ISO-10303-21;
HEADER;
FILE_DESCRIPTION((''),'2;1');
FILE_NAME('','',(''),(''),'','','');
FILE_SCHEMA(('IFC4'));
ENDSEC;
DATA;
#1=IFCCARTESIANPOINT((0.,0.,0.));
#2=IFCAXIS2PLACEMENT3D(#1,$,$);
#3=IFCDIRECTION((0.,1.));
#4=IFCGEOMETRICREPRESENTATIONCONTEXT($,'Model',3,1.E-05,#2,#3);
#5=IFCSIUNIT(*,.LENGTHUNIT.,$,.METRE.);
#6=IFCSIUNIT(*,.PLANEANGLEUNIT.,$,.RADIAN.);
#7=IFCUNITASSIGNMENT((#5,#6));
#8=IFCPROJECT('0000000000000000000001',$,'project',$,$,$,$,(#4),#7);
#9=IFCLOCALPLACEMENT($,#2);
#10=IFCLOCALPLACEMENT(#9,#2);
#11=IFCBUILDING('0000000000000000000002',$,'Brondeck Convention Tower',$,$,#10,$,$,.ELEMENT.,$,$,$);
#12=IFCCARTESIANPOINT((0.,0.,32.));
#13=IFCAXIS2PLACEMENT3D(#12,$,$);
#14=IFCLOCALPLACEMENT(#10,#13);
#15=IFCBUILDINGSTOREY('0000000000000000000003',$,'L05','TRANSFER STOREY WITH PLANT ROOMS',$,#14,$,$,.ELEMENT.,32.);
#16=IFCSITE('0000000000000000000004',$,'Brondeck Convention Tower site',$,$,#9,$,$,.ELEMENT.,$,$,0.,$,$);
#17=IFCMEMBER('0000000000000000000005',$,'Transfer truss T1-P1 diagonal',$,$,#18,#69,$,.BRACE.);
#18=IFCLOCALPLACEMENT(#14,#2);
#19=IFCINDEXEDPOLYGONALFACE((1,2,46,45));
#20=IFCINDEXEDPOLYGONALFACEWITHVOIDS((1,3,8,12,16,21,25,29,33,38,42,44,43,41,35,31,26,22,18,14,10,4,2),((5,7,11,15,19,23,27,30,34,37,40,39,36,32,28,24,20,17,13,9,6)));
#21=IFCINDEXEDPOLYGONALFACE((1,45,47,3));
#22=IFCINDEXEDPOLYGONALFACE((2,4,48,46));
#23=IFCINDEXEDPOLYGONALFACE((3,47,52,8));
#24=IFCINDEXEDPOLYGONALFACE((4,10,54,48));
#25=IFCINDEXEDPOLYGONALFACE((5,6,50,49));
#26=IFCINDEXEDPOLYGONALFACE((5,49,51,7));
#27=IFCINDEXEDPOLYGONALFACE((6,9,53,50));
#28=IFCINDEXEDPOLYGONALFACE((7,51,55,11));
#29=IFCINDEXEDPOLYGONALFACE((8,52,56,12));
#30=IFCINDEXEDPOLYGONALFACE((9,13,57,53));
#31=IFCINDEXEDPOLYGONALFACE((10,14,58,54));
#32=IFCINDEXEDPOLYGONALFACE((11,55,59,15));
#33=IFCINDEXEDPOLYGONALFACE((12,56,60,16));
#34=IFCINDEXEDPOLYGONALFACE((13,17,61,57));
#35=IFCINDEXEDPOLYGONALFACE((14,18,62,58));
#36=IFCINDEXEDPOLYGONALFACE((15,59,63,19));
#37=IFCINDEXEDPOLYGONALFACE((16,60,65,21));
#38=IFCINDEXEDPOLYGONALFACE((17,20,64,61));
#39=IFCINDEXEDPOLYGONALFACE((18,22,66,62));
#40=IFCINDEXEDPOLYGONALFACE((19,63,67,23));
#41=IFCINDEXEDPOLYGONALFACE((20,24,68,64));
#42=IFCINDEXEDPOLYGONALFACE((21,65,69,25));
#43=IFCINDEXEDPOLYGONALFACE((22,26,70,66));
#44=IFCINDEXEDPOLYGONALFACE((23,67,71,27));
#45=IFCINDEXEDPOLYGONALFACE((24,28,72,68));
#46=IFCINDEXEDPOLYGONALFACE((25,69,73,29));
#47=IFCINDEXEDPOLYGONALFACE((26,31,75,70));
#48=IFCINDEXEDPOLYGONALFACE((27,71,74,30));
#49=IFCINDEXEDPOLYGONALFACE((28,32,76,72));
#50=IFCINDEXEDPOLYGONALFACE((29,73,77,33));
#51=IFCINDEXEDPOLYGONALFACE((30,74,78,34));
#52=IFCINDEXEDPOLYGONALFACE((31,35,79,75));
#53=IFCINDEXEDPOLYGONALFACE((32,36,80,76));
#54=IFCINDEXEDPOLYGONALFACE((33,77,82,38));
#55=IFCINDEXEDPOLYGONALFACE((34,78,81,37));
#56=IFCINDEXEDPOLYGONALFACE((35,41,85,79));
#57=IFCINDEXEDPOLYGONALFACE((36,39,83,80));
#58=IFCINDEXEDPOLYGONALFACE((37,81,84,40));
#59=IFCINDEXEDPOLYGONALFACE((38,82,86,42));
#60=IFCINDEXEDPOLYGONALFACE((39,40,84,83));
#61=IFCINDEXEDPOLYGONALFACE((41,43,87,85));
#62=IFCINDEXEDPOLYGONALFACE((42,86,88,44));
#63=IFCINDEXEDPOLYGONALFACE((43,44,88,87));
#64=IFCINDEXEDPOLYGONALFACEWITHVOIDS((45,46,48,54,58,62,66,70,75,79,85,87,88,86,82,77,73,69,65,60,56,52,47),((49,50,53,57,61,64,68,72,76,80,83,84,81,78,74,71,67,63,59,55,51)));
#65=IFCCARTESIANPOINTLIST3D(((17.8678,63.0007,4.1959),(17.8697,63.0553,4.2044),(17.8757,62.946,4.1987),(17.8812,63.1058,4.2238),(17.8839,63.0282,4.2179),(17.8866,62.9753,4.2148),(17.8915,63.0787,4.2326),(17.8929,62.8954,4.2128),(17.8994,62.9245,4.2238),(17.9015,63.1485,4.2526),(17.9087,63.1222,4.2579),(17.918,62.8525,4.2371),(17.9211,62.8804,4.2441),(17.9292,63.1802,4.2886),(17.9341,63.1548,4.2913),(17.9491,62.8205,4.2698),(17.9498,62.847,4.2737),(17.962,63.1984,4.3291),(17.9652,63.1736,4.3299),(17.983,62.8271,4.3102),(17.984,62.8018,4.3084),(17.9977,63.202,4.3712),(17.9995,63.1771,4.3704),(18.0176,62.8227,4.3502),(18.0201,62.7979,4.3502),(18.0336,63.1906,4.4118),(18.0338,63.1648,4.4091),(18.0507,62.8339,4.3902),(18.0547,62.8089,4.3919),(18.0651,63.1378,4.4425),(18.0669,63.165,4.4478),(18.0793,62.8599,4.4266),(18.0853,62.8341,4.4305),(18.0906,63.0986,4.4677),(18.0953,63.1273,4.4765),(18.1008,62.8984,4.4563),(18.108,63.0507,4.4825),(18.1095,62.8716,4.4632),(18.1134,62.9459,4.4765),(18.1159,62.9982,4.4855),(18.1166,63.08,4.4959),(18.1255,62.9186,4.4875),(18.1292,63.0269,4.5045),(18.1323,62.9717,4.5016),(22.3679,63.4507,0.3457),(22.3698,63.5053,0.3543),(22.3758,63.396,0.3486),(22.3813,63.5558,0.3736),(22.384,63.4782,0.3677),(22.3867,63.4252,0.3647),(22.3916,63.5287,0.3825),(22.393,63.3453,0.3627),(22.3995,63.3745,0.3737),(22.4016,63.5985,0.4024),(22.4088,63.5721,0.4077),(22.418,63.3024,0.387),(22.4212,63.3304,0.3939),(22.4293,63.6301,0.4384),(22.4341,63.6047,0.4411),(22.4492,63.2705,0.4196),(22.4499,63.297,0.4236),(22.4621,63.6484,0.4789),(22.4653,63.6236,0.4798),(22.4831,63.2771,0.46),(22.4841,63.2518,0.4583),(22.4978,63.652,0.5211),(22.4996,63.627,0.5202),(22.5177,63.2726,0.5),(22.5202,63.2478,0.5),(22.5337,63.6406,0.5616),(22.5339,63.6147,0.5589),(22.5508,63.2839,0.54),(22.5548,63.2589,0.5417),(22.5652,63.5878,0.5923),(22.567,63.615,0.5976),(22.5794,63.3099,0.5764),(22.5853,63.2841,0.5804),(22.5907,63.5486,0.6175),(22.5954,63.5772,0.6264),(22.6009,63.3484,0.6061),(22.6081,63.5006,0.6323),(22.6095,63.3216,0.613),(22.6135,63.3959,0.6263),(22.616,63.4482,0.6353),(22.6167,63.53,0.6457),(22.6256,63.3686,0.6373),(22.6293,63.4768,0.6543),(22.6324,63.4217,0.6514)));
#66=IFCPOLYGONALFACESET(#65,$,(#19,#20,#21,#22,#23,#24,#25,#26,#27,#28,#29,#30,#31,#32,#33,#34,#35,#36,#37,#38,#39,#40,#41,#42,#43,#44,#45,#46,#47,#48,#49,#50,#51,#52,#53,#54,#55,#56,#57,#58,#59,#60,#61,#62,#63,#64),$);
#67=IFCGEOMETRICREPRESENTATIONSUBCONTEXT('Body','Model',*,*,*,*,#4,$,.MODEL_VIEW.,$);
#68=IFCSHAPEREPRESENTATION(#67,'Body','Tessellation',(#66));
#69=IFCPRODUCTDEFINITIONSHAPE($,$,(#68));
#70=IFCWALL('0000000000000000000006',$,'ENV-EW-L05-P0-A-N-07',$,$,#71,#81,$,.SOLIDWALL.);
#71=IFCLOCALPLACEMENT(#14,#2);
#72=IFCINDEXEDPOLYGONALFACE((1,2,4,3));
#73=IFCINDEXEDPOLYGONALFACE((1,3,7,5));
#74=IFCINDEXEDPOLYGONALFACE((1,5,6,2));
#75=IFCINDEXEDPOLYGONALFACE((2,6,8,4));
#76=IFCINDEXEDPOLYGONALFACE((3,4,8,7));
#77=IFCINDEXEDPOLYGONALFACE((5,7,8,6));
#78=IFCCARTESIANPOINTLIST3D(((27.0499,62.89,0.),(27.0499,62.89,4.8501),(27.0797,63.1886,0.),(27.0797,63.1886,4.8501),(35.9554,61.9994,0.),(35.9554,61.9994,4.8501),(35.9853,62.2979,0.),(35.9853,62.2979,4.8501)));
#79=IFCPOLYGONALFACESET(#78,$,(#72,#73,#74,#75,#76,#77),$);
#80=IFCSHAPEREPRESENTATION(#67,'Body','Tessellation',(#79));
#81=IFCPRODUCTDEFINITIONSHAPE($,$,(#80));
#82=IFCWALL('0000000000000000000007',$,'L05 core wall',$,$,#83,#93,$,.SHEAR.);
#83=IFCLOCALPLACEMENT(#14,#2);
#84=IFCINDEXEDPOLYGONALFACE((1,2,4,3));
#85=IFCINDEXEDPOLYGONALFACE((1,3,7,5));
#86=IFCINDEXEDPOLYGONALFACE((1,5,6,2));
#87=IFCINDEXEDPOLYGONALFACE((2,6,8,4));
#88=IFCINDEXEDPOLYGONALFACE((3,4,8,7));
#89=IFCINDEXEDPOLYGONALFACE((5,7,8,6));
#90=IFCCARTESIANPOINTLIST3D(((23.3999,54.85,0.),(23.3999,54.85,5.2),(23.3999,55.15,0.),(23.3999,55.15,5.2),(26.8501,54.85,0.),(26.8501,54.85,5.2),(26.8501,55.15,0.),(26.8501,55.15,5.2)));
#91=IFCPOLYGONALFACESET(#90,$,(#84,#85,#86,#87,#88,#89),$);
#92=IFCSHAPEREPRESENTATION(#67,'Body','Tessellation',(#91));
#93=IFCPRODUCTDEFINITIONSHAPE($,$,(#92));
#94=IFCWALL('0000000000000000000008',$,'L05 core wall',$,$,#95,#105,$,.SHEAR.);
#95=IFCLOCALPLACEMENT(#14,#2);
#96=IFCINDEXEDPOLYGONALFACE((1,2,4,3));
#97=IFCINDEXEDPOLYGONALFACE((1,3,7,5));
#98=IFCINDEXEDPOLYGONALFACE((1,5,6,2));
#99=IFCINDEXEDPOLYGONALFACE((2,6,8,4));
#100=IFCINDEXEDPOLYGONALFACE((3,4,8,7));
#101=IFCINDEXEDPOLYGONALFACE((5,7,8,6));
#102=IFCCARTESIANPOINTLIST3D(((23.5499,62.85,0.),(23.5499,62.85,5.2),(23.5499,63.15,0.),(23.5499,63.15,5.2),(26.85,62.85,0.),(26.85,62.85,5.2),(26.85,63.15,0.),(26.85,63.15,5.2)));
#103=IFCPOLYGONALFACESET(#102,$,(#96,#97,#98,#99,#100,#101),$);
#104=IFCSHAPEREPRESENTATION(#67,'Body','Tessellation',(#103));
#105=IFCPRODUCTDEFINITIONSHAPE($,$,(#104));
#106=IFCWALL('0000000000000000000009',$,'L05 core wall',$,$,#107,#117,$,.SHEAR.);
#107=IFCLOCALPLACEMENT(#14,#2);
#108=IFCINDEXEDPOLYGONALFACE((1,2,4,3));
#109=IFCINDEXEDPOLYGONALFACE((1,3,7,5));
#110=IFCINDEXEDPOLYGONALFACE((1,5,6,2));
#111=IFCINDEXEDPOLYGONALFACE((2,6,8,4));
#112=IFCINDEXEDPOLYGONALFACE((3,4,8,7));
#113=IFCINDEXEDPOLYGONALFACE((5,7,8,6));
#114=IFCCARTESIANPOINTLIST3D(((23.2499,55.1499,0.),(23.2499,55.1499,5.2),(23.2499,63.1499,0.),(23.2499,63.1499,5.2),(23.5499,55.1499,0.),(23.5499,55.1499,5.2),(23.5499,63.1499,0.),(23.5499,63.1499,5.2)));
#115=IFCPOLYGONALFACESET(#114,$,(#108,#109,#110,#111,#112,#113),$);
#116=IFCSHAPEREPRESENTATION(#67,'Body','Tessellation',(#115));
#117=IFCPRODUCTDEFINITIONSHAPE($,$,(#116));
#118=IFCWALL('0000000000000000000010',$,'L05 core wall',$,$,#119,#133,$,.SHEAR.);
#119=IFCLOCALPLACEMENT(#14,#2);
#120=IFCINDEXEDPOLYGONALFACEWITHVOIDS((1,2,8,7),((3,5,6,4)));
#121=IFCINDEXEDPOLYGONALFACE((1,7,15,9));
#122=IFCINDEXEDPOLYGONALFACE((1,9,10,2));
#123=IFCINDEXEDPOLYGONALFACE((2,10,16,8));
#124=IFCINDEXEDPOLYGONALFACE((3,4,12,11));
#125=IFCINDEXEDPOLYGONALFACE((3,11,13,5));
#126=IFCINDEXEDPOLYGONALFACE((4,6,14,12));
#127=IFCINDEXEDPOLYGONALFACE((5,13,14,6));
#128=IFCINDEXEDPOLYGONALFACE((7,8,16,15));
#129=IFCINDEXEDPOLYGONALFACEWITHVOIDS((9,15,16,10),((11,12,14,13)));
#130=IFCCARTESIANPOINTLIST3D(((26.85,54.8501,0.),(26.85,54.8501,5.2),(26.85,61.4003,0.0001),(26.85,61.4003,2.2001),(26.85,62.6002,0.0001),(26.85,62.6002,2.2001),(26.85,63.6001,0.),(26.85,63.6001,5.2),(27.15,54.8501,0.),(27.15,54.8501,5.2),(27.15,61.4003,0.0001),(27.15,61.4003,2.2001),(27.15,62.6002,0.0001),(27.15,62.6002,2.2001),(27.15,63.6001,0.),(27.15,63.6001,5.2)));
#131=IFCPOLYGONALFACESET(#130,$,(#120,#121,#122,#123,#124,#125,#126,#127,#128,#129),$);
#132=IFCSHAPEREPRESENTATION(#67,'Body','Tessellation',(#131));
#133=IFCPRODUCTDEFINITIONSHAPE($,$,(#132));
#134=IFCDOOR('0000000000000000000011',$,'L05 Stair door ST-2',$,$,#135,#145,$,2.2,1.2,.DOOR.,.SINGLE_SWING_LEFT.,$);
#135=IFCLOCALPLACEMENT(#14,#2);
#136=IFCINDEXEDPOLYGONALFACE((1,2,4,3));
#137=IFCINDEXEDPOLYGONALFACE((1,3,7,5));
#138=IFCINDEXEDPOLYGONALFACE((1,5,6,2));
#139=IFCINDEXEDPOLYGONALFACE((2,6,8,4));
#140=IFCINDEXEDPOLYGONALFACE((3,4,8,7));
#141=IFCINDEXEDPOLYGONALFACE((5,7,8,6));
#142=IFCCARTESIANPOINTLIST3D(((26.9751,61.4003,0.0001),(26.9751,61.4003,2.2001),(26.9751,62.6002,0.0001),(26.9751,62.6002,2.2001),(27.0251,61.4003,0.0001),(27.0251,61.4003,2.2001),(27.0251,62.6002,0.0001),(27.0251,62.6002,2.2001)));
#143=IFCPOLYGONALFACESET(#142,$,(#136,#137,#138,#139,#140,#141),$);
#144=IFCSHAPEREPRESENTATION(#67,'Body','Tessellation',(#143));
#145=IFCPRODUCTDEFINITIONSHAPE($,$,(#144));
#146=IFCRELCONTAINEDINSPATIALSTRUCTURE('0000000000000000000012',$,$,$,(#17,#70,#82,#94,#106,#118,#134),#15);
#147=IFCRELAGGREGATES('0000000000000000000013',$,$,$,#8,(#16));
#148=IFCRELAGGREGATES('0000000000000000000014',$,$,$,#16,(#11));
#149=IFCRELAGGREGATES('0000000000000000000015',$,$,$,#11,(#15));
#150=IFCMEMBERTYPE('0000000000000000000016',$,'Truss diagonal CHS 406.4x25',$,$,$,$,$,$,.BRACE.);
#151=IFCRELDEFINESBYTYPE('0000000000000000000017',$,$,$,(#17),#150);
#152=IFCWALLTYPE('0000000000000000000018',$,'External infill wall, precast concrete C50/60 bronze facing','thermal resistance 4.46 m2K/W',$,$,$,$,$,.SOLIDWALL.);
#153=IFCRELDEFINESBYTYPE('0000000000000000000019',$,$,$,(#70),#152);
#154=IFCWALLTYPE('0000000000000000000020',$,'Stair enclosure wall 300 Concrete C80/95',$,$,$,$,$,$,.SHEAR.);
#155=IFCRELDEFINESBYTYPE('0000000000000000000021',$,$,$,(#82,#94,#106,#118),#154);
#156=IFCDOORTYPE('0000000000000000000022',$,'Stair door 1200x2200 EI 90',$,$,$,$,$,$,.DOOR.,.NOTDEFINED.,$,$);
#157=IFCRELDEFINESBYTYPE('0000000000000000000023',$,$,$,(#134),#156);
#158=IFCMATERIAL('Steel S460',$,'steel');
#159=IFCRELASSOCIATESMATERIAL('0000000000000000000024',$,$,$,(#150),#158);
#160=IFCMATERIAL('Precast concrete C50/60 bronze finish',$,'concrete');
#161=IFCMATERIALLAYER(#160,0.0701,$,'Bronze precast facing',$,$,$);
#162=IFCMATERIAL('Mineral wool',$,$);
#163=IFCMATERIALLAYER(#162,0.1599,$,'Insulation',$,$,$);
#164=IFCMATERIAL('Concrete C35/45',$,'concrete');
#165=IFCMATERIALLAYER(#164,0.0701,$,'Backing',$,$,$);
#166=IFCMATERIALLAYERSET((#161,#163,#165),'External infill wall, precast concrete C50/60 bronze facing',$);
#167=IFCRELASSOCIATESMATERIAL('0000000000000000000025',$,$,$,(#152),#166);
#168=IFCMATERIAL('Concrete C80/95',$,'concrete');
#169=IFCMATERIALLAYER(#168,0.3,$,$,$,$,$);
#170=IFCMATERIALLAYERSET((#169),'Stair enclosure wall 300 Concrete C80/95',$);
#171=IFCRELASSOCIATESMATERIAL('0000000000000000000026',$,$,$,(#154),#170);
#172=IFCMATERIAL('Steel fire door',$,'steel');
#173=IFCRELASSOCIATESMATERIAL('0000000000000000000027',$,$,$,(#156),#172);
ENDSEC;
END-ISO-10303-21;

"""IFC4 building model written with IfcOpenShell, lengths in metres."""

from ifc_helpers import new_model, si_unit, direction, frame, frame_2d, origin, origin_2d, place, context, subcontext, project, spatial, rectangle, hollow_circle, extrude, material, layer, layer_set, material_profile, profile_set, type_object, element, fill, save


model = new_model("IFC4")

# Units and contexts
model_context = context("Model", 3, precision=1e-05, world=origin(), true_north=direction((0.0, 1.0)))
body_context = subcontext(model_context, "Body", "Model", "MODEL_VIEW")
ifc_project = project(units=[si_unit("LENGTHUNIT", "METRE"), si_unit("PLANEANGLEUNIT", "RADIAN")], contexts=[model_context])

# Site, building, storey
site_placement = place(None, origin())
site = spatial("IfcSite", under=ifc_project, at=site_placement, Name="Brondeck Convention Tower site", CompositionType="ELEMENT", RefElevation=0.0)
building_placement = place(site_placement, origin())
building = spatial("IfcBuilding", under=site, at=building_placement, Name="Brondeck Convention Tower", CompositionType="ELEMENT")
storey_placement = place(building_placement, frame((0.0, 0.0, 32.0)))
storey = spatial("IfcBuildingStorey", under=building, at=storey_placement, Name="L05", Description="TRANSFER STOREY WITH PLANT ROOMS", CompositionType="ELEMENT", Elevation=32.0)

# Shared definitions
ifc_material_1 = material(Name="Steel S460", Category="steel")

# Shared definitions
ifc_material_2 = material(Name="Concrete C80/95", Category="concrete")

# Member
ifc_material_profile_1 = material_profile(ifc_material_1, hollow_circle(Radius=0.2031, WallThickness=0.0249, at=origin_2d()), Name="CHS 406.4x25")
ifc_profile_set_1 = profile_set([ifc_material_profile_1], Name="Steel S460")
member_type_1 = type_object("IfcMemberType", Name="Truss diagonal CHS 406.4x25", PredefinedType="BRACE", material=ifc_profile_set_1)
for number, where, z_axis, x_axis, name in (
    (1, (22.5, 63.45, 0.5), (-0.75766, -0.075758, 0.648237), (0.099493, -0.995038, 0.0), "Transfer truss T1-P1 diagonal"),
):
    element("IfcMember", number, at=place(storey_placement, frame(where, z_axis=z_axis, x_axis=x_axis)), inside=storey, type_object=member_type_1, Name=name, PredefinedType="BRACE", context=body_context, shape_type="SweptSolid", body=[
        extrude(hollow_circle(Radius=0.2031, WallThickness=0.0249, at=origin_2d()), origin(), (0.0, 0.0, 1.0), 5.9395),
    ])

# Walls
ifc_material_3 = material(Name="Precast concrete C50/60 bronze finish", Category="concrete")
ifc_layer_1 = layer(ifc_material_3, 0.0701, Name="Bronze precast facing")
ifc_material_4 = material(Name="Mineral wool")
ifc_layer_2 = layer(ifc_material_4, 0.1599, Name="Insulation")
ifc_material_5 = material(Name="Concrete C35/45", Category="concrete")
ifc_layer_3 = layer(ifc_material_5, 0.0701, Name="Backing")
ifc_layer_set_1 = layer_set([ifc_layer_1, ifc_layer_2, ifc_layer_3], Name="External infill wall, precast concrete C50/60 bronze facing")
wall_type_1 = type_object("IfcWallType", Name="External infill wall, precast concrete C50/60 bronze facing", Description="thermal resistance 4.46 m2K/W", PredefinedType="SOLIDWALL", material=ifc_layer_set_1)
wall_1_placement = place(storey_placement, frame((27.0647, 63.0393, 0.0), z_axis=(0.0, 0.0, 1.0), x_axis=(0.995036, -0.099512, 0.0)))
element("IfcWall", 2, at=wall_1_placement, inside=storey, type_object=wall_type_1, Name="ENV-EW-L05-P0-A-N-07", PredefinedType="SOLIDWALL", context=body_context, shape_type="SweptSolid", body=[
    extrude(rectangle(XDim=8.95, YDim=0.3, at=frame_2d((4.4751, 0.0))), origin(), (0.0, 0.0, 1.0), 4.8501),
])
ifc_layer_4 = layer(ifc_material_2, 0.3)
ifc_layer_set_2 = layer_set([ifc_layer_4], Name="Stair enclosure wall 300 Concrete C80/95")
wall_type_2 = type_object("IfcWallType", Name="Stair enclosure wall 300 Concrete C80/95", PredefinedType="SHEAR", material=ifc_layer_set_2)
wall_2_placement = place(storey_placement, frame((23.3999, 55.0, 0.0), z_axis=(0.0, 0.0, 1.0), x_axis=(1.0, 0.0, 0.0)))
element("IfcWall", 3, at=wall_2_placement, inside=storey, type_object=wall_type_2, Name="L05 core wall", PredefinedType="SHEAR", context=body_context, shape_type="SweptSolid", body=[
    extrude(rectangle(XDim=3.4502, YDim=0.3, at=frame_2d((1.7251, 0.0))), origin(), (0.0, 0.0, 1.0), 5.2),
])
wall_3_placement = place(storey_placement, frame((23.55, 63.0, 0.0), z_axis=(0.0, 0.0, 1.0), x_axis=(1.0, 0.0, 0.0)))
element("IfcWall", 4, at=wall_3_placement, inside=storey, type_object=wall_type_2, Name="L05 core wall", PredefinedType="SHEAR", context=body_context, shape_type="SweptSolid", body=[
    extrude(rectangle(XDim=3.3, YDim=0.3, at=frame_2d((1.6499, 0.0))), origin(), (0.0, 0.0, 1.0), 5.2),
])
wall_4_placement = place(storey_placement, frame((23.3999, 55.1499, 0.0), z_axis=(0.0, 0.0, 1.0), x_axis=(0.0, 1.0, 0.0)))
element("IfcWall", 5, at=wall_4_placement, inside=storey, type_object=wall_type_2, Name="L05 core wall", PredefinedType="SHEAR", context=body_context, shape_type="SweptSolid", body=[
    extrude(rectangle(XDim=8.0, YDim=0.3, at=frame_2d((4.0, 0.0))), origin(), (0.0, 0.0, 1.0), 5.2),
])

# Wall, opening, door
wall_5_placement = place(storey_placement, frame((27.0, 54.8501, 0.0), z_axis=(0.0, 0.0, 1.0), x_axis=(0.0, 1.0, 0.0)))
wall_5 = element("IfcWall", 6, at=wall_5_placement, inside=storey, type_object=wall_type_2, Name="L05 core wall", PredefinedType="SHEAR", context=body_context, shape_type="SweptSolid", body=[
    extrude(rectangle(XDim=8.75, YDim=0.3, at=frame_2d((4.375, 0.0))), origin(), (0.0, 0.0, 1.0), 5.2),
])
opening_placement = place(wall_5_placement, frame((6.55, 0.0, 0.0)))
opening = element("IfcOpeningElement", 7, at=opening_placement, cuts=wall_5, PredefinedType="OPENING", context=body_context, shape_type="SweptSolid", body=[
    extrude(rectangle(XDim=1.2, YDim=2.2, at=frame_2d((0.6001, 1.1001))), frame((0.0, 0.1599, 0.0), z_axis=(0.0, -1.0, 0.0), x_axis=(1.0, 0.0, 0.0)), (0.0, 0.0, 1.0), 0.3201),
])
ifc_material_6 = material(Name="Steel fire door", Category="steel")
door_type = type_object("IfcDoorType", Name="Stair door 1200x2200 EI 90", OperationType="NOTDEFINED", PredefinedType="DOOR", material=ifc_material_6)
door_placement = place(opening_placement, origin())
door = element("IfcDoor", 8, at=door_placement, inside=storey, type_object=door_type, Name="L05 Stair door ST-2", OperationType="SINGLE_SWING_LEFT", OverallHeight=2.2, OverallWidth=1.2, PredefinedType="DOOR", context=body_context, shape_type="SweptSolid", body=[
    extrude(rectangle(XDim=1.2, YDim=2.2, at=frame_2d((0.6001, 1.1001))), frame((0.0, 0.0249, 0.0), z_axis=(0.0, -1.0, 0.0), x_axis=(1.0, 0.0, 0.0)), (0.0, 0.0, 1.0), 0.05),
])
fill(opening, door)

save(model, "model.ifc")
